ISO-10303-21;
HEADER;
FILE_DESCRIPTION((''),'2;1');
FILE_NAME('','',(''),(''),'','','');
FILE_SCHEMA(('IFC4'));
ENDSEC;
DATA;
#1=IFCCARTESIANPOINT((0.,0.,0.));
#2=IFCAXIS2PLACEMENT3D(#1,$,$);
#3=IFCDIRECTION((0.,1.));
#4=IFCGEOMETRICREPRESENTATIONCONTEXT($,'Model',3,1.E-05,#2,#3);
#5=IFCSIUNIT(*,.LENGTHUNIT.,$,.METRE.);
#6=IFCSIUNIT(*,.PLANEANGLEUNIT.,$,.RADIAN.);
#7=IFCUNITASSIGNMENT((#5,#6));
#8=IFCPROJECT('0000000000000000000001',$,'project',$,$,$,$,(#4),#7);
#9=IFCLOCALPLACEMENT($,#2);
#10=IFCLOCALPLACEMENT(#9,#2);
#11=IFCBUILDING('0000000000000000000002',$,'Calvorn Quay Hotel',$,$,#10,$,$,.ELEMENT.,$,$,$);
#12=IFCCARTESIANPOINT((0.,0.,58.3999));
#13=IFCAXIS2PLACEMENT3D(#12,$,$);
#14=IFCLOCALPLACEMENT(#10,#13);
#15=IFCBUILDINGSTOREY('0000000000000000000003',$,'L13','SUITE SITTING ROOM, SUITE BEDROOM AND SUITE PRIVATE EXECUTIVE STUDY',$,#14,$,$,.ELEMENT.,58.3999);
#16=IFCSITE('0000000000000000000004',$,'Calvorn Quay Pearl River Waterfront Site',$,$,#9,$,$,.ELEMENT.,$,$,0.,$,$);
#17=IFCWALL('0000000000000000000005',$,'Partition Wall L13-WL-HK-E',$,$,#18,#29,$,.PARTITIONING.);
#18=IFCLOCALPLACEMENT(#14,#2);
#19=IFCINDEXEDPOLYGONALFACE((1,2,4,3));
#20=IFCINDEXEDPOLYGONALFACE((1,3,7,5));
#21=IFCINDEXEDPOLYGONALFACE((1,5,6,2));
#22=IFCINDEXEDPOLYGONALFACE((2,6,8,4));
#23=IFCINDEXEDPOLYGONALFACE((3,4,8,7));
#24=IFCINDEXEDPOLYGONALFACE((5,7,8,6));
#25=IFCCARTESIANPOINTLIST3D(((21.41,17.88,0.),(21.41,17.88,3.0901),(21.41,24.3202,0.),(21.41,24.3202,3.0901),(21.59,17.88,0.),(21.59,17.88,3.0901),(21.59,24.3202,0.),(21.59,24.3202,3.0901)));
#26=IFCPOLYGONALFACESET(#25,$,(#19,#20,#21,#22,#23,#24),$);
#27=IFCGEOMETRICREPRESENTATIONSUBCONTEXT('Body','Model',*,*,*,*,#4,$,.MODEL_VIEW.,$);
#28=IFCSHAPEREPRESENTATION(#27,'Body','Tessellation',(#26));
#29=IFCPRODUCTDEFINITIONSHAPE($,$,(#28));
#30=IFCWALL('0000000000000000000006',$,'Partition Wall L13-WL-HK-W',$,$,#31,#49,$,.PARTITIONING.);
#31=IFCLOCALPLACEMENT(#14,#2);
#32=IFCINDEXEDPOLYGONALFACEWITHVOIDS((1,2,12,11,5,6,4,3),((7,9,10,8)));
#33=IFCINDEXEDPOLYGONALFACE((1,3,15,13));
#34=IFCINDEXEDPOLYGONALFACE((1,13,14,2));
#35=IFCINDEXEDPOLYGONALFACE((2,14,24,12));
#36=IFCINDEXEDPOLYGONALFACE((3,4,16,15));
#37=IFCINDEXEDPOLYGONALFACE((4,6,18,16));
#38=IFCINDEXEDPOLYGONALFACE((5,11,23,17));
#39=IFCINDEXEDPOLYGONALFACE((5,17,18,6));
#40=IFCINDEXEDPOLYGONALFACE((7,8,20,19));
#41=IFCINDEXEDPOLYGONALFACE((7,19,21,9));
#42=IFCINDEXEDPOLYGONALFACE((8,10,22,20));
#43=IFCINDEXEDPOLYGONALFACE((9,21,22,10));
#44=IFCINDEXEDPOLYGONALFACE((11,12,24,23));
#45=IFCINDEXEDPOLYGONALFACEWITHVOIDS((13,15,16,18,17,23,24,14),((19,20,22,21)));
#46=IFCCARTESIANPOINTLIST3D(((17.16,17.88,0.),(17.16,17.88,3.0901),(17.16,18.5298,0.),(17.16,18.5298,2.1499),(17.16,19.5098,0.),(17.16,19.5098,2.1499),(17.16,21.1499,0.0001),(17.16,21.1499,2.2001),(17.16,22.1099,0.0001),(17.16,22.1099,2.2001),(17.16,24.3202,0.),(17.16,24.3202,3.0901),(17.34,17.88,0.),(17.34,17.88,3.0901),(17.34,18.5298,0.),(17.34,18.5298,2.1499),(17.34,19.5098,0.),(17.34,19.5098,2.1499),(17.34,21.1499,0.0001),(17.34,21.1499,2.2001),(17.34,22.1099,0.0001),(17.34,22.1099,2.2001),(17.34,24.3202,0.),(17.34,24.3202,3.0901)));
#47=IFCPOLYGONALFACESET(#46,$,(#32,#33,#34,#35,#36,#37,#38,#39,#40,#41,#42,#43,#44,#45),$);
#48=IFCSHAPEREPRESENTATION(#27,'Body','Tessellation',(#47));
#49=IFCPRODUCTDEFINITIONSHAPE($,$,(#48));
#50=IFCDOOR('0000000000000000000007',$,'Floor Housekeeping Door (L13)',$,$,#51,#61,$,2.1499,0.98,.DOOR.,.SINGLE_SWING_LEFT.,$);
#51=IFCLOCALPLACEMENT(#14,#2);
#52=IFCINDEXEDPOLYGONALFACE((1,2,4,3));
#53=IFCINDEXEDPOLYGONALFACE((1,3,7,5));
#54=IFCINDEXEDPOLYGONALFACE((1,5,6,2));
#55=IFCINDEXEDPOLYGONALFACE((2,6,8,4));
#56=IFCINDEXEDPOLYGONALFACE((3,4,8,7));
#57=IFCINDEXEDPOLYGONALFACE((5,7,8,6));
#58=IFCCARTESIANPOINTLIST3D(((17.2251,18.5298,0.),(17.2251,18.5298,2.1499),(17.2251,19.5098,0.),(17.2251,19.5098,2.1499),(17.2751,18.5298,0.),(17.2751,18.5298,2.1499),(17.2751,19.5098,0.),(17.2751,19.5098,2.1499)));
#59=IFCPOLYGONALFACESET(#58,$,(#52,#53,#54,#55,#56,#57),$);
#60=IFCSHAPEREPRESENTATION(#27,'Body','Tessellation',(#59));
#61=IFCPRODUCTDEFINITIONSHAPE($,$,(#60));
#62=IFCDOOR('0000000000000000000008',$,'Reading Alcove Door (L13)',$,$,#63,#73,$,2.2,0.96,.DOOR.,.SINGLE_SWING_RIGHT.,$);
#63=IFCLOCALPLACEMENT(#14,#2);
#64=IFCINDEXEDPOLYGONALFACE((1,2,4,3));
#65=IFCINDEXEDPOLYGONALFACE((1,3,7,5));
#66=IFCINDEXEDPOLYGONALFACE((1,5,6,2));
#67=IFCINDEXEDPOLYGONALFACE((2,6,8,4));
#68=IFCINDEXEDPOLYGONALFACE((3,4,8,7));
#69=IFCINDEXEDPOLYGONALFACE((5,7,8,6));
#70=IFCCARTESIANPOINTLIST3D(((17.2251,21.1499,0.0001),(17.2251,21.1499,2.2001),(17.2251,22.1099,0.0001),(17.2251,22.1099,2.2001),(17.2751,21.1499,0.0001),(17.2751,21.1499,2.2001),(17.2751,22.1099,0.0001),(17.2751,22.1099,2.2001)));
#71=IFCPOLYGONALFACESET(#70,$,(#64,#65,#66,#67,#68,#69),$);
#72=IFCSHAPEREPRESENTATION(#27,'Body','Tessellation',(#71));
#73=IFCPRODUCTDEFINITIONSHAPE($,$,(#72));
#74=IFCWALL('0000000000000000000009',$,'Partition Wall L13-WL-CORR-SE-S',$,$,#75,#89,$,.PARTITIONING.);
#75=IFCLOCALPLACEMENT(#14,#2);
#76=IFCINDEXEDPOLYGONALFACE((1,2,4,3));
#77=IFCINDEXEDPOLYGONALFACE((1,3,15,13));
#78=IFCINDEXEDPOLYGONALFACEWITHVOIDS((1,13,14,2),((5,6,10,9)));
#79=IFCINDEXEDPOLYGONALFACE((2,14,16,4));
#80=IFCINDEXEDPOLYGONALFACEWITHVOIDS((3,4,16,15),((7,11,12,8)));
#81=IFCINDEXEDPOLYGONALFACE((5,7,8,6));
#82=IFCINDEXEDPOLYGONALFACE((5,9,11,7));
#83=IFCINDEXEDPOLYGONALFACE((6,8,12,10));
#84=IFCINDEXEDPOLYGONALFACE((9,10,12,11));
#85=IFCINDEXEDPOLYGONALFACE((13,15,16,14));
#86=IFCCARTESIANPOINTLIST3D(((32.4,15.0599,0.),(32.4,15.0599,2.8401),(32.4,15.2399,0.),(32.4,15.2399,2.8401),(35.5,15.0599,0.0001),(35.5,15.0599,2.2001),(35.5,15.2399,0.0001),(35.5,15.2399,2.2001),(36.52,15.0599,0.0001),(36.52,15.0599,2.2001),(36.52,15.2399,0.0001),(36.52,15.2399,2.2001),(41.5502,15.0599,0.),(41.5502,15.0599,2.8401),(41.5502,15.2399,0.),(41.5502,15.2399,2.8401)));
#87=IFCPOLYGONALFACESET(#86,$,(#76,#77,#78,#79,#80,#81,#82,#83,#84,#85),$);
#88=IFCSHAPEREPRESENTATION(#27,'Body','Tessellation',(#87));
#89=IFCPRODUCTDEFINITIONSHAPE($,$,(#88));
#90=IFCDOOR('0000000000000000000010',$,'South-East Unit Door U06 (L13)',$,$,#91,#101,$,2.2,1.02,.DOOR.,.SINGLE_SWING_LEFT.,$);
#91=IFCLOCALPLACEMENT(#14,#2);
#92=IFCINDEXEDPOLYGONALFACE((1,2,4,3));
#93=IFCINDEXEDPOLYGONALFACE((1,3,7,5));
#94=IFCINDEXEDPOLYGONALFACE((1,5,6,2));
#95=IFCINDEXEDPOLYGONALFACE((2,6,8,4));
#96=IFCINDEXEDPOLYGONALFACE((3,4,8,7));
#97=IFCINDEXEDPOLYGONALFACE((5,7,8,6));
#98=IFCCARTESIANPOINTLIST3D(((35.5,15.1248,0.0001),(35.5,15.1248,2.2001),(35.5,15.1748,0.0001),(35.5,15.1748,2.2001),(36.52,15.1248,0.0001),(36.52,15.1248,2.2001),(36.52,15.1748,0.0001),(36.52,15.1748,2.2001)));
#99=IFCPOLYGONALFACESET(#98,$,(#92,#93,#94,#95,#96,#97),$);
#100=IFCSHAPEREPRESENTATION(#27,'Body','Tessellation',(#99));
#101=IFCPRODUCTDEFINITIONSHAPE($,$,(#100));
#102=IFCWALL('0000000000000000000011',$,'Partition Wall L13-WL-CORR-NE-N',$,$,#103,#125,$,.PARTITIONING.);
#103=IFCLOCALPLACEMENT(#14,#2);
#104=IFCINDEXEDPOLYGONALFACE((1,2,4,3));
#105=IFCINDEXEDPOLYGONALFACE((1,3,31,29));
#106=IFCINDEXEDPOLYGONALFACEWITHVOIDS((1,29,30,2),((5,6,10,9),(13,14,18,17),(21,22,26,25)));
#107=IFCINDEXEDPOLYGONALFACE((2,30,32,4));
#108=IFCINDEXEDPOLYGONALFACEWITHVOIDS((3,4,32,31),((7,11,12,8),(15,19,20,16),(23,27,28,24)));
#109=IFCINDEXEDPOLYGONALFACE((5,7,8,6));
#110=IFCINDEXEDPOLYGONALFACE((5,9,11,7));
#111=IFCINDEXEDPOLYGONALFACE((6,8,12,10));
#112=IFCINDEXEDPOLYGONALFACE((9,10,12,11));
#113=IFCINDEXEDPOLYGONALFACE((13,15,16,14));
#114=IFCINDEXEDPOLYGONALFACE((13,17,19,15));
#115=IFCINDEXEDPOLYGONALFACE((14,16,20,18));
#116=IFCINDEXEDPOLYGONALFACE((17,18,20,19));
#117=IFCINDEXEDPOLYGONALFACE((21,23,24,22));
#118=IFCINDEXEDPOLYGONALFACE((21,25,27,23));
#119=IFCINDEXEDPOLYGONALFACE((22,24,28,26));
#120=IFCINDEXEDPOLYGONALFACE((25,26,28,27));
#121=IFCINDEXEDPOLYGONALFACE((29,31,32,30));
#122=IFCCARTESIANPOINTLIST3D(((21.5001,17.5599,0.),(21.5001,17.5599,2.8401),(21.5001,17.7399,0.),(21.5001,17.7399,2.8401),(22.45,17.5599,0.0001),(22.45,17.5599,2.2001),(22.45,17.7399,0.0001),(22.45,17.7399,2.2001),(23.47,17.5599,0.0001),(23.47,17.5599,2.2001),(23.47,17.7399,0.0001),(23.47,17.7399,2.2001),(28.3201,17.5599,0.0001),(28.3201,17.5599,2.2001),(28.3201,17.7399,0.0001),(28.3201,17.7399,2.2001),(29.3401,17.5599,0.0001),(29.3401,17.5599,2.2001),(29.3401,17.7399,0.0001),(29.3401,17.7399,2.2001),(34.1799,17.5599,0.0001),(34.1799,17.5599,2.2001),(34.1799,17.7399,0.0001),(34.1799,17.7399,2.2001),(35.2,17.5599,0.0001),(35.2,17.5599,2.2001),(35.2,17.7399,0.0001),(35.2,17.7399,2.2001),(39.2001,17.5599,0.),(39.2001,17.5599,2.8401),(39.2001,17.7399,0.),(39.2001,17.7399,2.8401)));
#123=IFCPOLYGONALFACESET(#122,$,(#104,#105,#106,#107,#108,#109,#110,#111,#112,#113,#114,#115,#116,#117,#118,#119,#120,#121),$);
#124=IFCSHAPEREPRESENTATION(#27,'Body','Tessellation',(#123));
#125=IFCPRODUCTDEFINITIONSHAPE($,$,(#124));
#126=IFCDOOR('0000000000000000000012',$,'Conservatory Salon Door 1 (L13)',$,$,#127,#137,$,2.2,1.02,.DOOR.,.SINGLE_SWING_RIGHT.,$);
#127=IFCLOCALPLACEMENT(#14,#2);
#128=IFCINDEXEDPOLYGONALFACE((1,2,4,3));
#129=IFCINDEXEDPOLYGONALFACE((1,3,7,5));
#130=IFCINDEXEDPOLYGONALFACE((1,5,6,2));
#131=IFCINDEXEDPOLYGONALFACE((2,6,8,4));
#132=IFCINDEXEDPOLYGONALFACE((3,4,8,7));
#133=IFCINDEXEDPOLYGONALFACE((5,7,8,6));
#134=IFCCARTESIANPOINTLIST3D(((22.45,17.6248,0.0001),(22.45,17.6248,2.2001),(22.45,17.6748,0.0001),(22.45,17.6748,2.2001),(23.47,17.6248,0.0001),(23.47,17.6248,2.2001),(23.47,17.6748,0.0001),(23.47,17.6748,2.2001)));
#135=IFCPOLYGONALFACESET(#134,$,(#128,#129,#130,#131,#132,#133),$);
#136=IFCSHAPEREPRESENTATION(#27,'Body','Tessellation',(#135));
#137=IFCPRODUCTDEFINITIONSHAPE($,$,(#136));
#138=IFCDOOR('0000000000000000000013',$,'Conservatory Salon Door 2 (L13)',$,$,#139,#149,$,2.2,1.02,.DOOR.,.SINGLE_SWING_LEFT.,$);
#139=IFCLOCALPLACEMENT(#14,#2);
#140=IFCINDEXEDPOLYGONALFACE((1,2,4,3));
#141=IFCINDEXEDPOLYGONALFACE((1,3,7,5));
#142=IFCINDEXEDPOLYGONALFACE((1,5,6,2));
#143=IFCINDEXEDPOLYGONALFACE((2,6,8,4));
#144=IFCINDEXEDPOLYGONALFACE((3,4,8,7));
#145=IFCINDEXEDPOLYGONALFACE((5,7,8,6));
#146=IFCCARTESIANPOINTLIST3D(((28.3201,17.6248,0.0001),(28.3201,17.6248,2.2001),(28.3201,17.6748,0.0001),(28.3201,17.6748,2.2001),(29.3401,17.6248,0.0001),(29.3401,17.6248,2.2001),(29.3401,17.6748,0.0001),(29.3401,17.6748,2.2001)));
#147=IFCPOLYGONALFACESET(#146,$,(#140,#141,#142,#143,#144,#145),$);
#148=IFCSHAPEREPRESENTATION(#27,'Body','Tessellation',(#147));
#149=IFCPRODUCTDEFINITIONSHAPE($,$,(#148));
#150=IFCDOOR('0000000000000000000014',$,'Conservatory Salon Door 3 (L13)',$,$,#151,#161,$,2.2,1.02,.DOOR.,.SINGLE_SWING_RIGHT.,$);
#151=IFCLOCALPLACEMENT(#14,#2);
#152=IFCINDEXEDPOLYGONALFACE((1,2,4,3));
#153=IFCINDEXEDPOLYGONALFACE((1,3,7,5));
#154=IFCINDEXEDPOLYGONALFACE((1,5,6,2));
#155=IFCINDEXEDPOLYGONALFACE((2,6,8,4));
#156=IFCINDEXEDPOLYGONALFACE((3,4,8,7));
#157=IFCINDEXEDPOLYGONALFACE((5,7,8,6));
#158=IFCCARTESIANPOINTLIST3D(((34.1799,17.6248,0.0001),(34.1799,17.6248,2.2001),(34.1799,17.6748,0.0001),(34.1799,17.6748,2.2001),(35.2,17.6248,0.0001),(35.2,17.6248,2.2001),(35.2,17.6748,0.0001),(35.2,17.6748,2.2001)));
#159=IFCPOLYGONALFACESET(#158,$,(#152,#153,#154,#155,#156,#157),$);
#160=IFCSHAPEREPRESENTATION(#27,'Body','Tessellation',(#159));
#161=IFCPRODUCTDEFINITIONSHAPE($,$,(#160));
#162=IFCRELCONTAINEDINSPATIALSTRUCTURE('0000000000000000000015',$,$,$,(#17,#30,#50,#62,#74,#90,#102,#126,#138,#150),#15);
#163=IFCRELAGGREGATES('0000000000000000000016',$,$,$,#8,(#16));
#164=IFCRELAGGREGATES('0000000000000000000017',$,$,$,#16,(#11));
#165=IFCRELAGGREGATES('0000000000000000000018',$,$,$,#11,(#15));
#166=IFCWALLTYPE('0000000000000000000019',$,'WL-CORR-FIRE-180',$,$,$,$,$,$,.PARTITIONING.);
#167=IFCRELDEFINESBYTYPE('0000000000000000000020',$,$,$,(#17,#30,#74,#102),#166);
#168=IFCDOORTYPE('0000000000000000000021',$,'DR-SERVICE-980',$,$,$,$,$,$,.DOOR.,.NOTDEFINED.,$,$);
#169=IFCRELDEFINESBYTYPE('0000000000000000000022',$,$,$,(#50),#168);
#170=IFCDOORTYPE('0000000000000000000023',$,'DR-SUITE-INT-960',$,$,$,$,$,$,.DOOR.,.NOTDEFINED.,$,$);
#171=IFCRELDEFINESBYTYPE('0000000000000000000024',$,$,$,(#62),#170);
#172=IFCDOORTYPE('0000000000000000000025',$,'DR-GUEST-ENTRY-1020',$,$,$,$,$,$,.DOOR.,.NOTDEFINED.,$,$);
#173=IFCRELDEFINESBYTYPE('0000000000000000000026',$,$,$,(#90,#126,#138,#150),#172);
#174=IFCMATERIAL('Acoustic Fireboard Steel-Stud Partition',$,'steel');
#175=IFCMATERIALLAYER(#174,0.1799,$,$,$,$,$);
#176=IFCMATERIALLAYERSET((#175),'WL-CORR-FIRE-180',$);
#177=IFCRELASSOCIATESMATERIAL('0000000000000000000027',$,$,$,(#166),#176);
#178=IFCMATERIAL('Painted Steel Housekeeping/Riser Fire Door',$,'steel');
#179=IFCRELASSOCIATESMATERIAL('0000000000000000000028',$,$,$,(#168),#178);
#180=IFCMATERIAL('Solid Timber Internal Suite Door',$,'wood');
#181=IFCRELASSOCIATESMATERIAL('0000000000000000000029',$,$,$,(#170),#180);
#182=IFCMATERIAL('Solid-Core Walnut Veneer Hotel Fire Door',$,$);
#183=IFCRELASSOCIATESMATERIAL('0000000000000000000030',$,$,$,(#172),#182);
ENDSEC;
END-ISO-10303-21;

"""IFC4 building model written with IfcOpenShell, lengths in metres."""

from ifc_helpers import new_model, si_unit, direction, frame, frame_2d, origin, place, context, subcontext, project, spatial, rectangle, extrude, material, layer, layer_set, type_object, element, fill, save


model = new_model("IFC4")

# Units and contexts
model_context = context("Model", 3, precision=1e-05, world=origin(), true_north=direction((0.0, 1.0)))
body_context = subcontext(model_context, "Body", "Model", "MODEL_VIEW")
ifc_project = project(units=[si_unit("LENGTHUNIT", "METRE"), si_unit("PLANEANGLEUNIT", "RADIAN")], contexts=[model_context])

# Site, building, storey
site_placement = place(None, origin())
site = spatial("IfcSite", under=ifc_project, at=site_placement, Name="Calvorn Quay Pearl River Waterfront Site", CompositionType="ELEMENT", RefElevation=0.0)
building_placement = place(site_placement, origin())
building = spatial("IfcBuilding", under=site, at=building_placement, Name="Calvorn Quay Hotel", CompositionType="ELEMENT")
storey_placement = place(building_placement, frame((0.0, 0.0, 58.3999)))
storey = spatial("IfcBuildingStorey", under=building, at=storey_placement, Name="L13", Description="SUITE SITTING ROOM, SUITE BEDROOM AND SUITE PRIVATE EXECUTIVE STUDY", CompositionType="ELEMENT", Elevation=58.3999)

# Wall
ifc_material_1 = material(Name="Acoustic Fireboard Steel-Stud Partition", Category="steel")
ifc_layer_1 = layer(ifc_material_1, 0.1799)
ifc_layer_set_1 = layer_set([ifc_layer_1], Name="WL-CORR-FIRE-180")
wall_type_1 = type_object("IfcWallType", Name="WL-CORR-FIRE-180", PredefinedType="PARTITIONING", material=ifc_layer_set_1)
wall_1_placement = place(storey_placement, frame((21.5, 17.8799, 0.0), z_axis=(0.0, 0.0, 1.0), x_axis=(0.0, 1.0, 0.0)))
element("IfcWall", 1, at=wall_1_placement, inside=storey, type_object=wall_type_1, Name="Partition Wall L13-WL-HK-E", PredefinedType="PARTITIONING", context=body_context, shape_type="SweptSolid", body=[
    extrude(rectangle(XDim=6.4402, YDim=0.1799, at=frame_2d((3.2202, 0.0))), origin(), (0.0, 0.0, 1.0), 3.0901),
])

# Wall, openings, doors
wall_2_placement = place(storey_placement, frame((17.25, 17.8799, 0.0), z_axis=(0.0, 0.0, 1.0), x_axis=(0.0, 1.0, 0.0)))
wall_2 = element("IfcWall", 2, at=wall_2_placement, inside=storey, type_object=wall_type_1, Name="Partition Wall L13-WL-HK-W", PredefinedType="PARTITIONING", context=body_context, shape_type="SweptSolid", body=[
    extrude(rectangle(XDim=6.4402, YDim=0.1799, at=frame_2d((3.2202, 0.0))), origin(), (0.0, 0.0, 1.0), 3.0901),
])
opening_1_placement = place(wall_2_placement, frame((0.6499, 0.0, 0.0)))
opening_1 = element("IfcOpeningElement", 3, at=opening_1_placement, cuts=wall_2, PredefinedType="OPENING", context=body_context, shape_type="SweptSolid", body=[
    extrude(rectangle(XDim=0.98, YDim=2.1499, at=frame_2d((0.49, 1.075))), frame((0.0, 0.0999, 0.0), z_axis=(0.0, -1.0, 0.0), x_axis=(1.0, 0.0, 0.0)), (0.0, 0.0, 1.0), 0.2),
])
opening_2_placement = place(wall_2_placement, frame((3.27, 0.0, 0.0)))
opening_2 = element("IfcOpeningElement", 4, at=opening_2_placement, cuts=wall_2, PredefinedType="OPENING", context=body_context, shape_type="SweptSolid", body=[
    extrude(rectangle(XDim=0.96, YDim=2.2, at=frame_2d((0.48, 1.1001))), frame((0.0, 0.0999, 0.0), z_axis=(0.0, -1.0, 0.0), x_axis=(1.0, 0.0, 0.0)), (0.0, 0.0, 1.0), 0.2),
])
ifc_material_2 = material(Name="Painted Steel Housekeeping/Riser Fire Door", Category="steel")
door_type_1 = type_object("IfcDoorType", Name="DR-SERVICE-980", OperationType="NOTDEFINED", PredefinedType="DOOR", material=ifc_material_2)
door_1_placement = place(opening_1_placement, origin())
door_1 = element("IfcDoor", 5, at=door_1_placement, inside=storey, type_object=door_type_1, Name="Floor Housekeeping Door (L13)", OperationType="SINGLE_SWING_LEFT", OverallHeight=2.1499, OverallWidth=0.98, PredefinedType="DOOR", context=body_context, shape_type="SweptSolid", body=[
    extrude(rectangle(XDim=0.98, YDim=2.1499, at=frame_2d((0.49, 1.075))), frame((0.0, 0.0249, 0.0), z_axis=(0.0, -1.0, 0.0), x_axis=(1.0, 0.0, 0.0)), (0.0, 0.0, 1.0), 0.05),
])
fill(opening_1, door_1)
ifc_material_3 = material(Name="Solid Timber Internal Suite Door", Category="wood")
door_type_2 = type_object("IfcDoorType", Name="DR-SUITE-INT-960", OperationType="NOTDEFINED", PredefinedType="DOOR", material=ifc_material_3)
door_2_placement = place(opening_2_placement, origin())
door_2 = element("IfcDoor", 6, at=door_2_placement, inside=storey, type_object=door_type_2, Name="Reading Alcove Door (L13)", OperationType="SINGLE_SWING_RIGHT", OverallHeight=2.2, OverallWidth=0.96, PredefinedType="DOOR", context=body_context, shape_type="SweptSolid", body=[
    extrude(rectangle(XDim=0.96, YDim=2.2, at=frame_2d((0.48, 1.1001))), frame((0.0, 0.0249, 0.0), z_axis=(0.0, -1.0, 0.0), x_axis=(1.0, 0.0, 0.0)), (0.0, 0.0, 1.0), 0.05),
])
fill(opening_2, door_2)

# Wall, opening, door
wall_3_placement = place(storey_placement, frame((32.3999, 15.1499, 0.0), z_axis=(0.0, 0.0, 1.0), x_axis=(1.0, 0.0, 0.0)))
wall_3 = element("IfcWall", 7, at=wall_3_placement, inside=storey, type_object=wall_type_1, Name="Partition Wall L13-WL-CORR-SE-S", PredefinedType="PARTITIONING", context=body_context, shape_type="SweptSolid", body=[
    extrude(rectangle(XDim=9.1501, YDim=0.1799, at=frame_2d((4.5752, 0.0))), origin(), (0.0, 0.0, 1.0), 2.8401),
])
opening_3_placement = place(wall_3_placement, frame((3.1001, 0.0, 0.0)))
opening_3 = element("IfcOpeningElement", 8, at=opening_3_placement, cuts=wall_3, PredefinedType="OPENING", context=body_context, shape_type="SweptSolid", body=[
    extrude(rectangle(XDim=1.02, YDim=2.2, at=frame_2d((0.51, 1.1001))), frame((0.0, 0.0999, 0.0), z_axis=(0.0, -1.0, 0.0), x_axis=(1.0, 0.0, 0.0)), (0.0, 0.0, 1.0), 0.2),
])
ifc_material_4 = material(Name="Solid-Core Walnut Veneer Hotel Fire Door")
door_type_3 = type_object("IfcDoorType", Name="DR-GUEST-ENTRY-1020", OperationType="NOTDEFINED", PredefinedType="DOOR", material=ifc_material_4)
door_3_placement = place(opening_3_placement, origin())
door_3 = element("IfcDoor", 9, at=door_3_placement, inside=storey, type_object=door_type_3, Name="South-East Unit Door U06 (L13)", OperationType="SINGLE_SWING_LEFT", OverallHeight=2.2, OverallWidth=1.02, PredefinedType="DOOR", context=body_context, shape_type="SweptSolid", body=[
    extrude(rectangle(XDim=1.02, YDim=2.2, at=frame_2d((0.51, 1.1001))), frame((0.0, 0.0249, 0.0), z_axis=(0.0, -1.0, 0.0), x_axis=(1.0, 0.0, 0.0)), (0.0, 0.0, 1.0), 0.05),
])
fill(opening_3, door_3)

# Wall, openings, doors
wall_4_placement = place(storey_placement, frame((21.5, 17.6499, 0.0), z_axis=(0.0, 0.0, 1.0), x_axis=(1.0, 0.0, 0.0)))
wall_4 = element("IfcWall", 10, at=wall_4_placement, inside=storey, type_object=wall_type_1, Name="Partition Wall L13-WL-CORR-NE-N", PredefinedType="PARTITIONING", context=body_context, shape_type="SweptSolid", body=[
    extrude(rectangle(XDim=17.7, YDim=0.1799, at=frame_2d((8.8501, 0.0))), origin(), (0.0, 0.0, 1.0), 2.8401),
])
opening_4_placement = place(wall_4_placement, frame((0.95, 0.0, 0.0)))
opening_4 = element("IfcOpeningElement", 11, at=opening_4_placement, cuts=wall_4, PredefinedType="OPENING", context=body_context, shape_type="SweptSolid", body=[
    extrude(rectangle(XDim=1.02, YDim=2.2, at=frame_2d((0.51, 1.1001))), frame((0.0, 0.0999, 0.0), z_axis=(0.0, -1.0, 0.0), x_axis=(1.0, 0.0, 0.0)), (0.0, 0.0, 1.0), 0.2),
])
opening_5_placement = place(wall_4_placement, frame((6.8201, 0.0, 0.0)))
opening_5 = element("IfcOpeningElement", 12, at=opening_5_placement, cuts=wall_4, PredefinedType="OPENING", context=body_context, shape_type="SweptSolid", body=[
    extrude(rectangle(XDim=1.02, YDim=2.2, at=frame_2d((0.51, 1.1001))), frame((0.0, 0.0999, 0.0), z_axis=(0.0, -1.0, 0.0), x_axis=(1.0, 0.0, 0.0)), (0.0, 0.0, 1.0), 0.2),
])
opening_6_placement = place(wall_4_placement, frame((12.6799, 0.0, 0.0)))
opening_6 = element("IfcOpeningElement", 13, at=opening_6_placement, cuts=wall_4, PredefinedType="OPENING", context=body_context, shape_type="SweptSolid", body=[
    extrude(rectangle(XDim=1.02, YDim=2.2, at=frame_2d((0.51, 1.1001))), frame((0.0, 0.0999, 0.0), z_axis=(0.0, -1.0, 0.0), x_axis=(1.0, 0.0, 0.0)), (0.0, 0.0, 1.0), 0.2),
])
door_4_placement = place(opening_4_placement, origin())
door_4 = element("IfcDoor", 14, at=door_4_placement, inside=storey, type_object=door_type_3, Name="Conservatory Salon Door 1 (L13)", OperationType="SINGLE_SWING_RIGHT", OverallHeight=2.2, OverallWidth=1.02, PredefinedType="DOOR", context=body_context, shape_type="SweptSolid", body=[
    extrude(rectangle(XDim=1.02, YDim=2.2, at=frame_2d((0.51, 1.1001))), frame((0.0, 0.0249, 0.0), z_axis=(0.0, -1.0, 0.0), x_axis=(1.0, 0.0, 0.0)), (0.0, 0.0, 1.0), 0.05),
])
fill(opening_4, door_4)
door_5_placement = place(opening_5_placement, origin())
door_5 = element("IfcDoor", 15, at=door_5_placement, inside=storey, type_object=door_type_3, Name="Conservatory Salon Door 2 (L13)", OperationType="SINGLE_SWING_LEFT", OverallHeight=2.2, OverallWidth=1.02, PredefinedType="DOOR", context=body_context, shape_type="SweptSolid", body=[
    extrude(rectangle(XDim=1.02, YDim=2.2, at=frame_2d((0.51, 1.1001))), frame((0.0, 0.0249, 0.0), z_axis=(0.0, -1.0, 0.0), x_axis=(1.0, 0.0, 0.0)), (0.0, 0.0, 1.0), 0.05),
])
fill(opening_5, door_5)
door_6_placement = place(opening_6_placement, origin())
door_6 = element("IfcDoor", 16, at=door_6_placement, inside=storey, type_object=door_type_3, Name="Conservatory Salon Door 3 (L13)", OperationType="SINGLE_SWING_RIGHT", OverallHeight=2.2, OverallWidth=1.02, PredefinedType="DOOR", context=body_context, shape_type="SweptSolid", body=[
    extrude(rectangle(XDim=1.02, YDim=2.2, at=frame_2d((0.51, 1.1001))), frame((0.0, 0.0249, 0.0), z_axis=(0.0, -1.0, 0.0), x_axis=(1.0, 0.0, 0.0)), (0.0, 0.0, 1.0), 0.05),
])
fill(opening_6, door_6)

save(model, "model.ifc")
